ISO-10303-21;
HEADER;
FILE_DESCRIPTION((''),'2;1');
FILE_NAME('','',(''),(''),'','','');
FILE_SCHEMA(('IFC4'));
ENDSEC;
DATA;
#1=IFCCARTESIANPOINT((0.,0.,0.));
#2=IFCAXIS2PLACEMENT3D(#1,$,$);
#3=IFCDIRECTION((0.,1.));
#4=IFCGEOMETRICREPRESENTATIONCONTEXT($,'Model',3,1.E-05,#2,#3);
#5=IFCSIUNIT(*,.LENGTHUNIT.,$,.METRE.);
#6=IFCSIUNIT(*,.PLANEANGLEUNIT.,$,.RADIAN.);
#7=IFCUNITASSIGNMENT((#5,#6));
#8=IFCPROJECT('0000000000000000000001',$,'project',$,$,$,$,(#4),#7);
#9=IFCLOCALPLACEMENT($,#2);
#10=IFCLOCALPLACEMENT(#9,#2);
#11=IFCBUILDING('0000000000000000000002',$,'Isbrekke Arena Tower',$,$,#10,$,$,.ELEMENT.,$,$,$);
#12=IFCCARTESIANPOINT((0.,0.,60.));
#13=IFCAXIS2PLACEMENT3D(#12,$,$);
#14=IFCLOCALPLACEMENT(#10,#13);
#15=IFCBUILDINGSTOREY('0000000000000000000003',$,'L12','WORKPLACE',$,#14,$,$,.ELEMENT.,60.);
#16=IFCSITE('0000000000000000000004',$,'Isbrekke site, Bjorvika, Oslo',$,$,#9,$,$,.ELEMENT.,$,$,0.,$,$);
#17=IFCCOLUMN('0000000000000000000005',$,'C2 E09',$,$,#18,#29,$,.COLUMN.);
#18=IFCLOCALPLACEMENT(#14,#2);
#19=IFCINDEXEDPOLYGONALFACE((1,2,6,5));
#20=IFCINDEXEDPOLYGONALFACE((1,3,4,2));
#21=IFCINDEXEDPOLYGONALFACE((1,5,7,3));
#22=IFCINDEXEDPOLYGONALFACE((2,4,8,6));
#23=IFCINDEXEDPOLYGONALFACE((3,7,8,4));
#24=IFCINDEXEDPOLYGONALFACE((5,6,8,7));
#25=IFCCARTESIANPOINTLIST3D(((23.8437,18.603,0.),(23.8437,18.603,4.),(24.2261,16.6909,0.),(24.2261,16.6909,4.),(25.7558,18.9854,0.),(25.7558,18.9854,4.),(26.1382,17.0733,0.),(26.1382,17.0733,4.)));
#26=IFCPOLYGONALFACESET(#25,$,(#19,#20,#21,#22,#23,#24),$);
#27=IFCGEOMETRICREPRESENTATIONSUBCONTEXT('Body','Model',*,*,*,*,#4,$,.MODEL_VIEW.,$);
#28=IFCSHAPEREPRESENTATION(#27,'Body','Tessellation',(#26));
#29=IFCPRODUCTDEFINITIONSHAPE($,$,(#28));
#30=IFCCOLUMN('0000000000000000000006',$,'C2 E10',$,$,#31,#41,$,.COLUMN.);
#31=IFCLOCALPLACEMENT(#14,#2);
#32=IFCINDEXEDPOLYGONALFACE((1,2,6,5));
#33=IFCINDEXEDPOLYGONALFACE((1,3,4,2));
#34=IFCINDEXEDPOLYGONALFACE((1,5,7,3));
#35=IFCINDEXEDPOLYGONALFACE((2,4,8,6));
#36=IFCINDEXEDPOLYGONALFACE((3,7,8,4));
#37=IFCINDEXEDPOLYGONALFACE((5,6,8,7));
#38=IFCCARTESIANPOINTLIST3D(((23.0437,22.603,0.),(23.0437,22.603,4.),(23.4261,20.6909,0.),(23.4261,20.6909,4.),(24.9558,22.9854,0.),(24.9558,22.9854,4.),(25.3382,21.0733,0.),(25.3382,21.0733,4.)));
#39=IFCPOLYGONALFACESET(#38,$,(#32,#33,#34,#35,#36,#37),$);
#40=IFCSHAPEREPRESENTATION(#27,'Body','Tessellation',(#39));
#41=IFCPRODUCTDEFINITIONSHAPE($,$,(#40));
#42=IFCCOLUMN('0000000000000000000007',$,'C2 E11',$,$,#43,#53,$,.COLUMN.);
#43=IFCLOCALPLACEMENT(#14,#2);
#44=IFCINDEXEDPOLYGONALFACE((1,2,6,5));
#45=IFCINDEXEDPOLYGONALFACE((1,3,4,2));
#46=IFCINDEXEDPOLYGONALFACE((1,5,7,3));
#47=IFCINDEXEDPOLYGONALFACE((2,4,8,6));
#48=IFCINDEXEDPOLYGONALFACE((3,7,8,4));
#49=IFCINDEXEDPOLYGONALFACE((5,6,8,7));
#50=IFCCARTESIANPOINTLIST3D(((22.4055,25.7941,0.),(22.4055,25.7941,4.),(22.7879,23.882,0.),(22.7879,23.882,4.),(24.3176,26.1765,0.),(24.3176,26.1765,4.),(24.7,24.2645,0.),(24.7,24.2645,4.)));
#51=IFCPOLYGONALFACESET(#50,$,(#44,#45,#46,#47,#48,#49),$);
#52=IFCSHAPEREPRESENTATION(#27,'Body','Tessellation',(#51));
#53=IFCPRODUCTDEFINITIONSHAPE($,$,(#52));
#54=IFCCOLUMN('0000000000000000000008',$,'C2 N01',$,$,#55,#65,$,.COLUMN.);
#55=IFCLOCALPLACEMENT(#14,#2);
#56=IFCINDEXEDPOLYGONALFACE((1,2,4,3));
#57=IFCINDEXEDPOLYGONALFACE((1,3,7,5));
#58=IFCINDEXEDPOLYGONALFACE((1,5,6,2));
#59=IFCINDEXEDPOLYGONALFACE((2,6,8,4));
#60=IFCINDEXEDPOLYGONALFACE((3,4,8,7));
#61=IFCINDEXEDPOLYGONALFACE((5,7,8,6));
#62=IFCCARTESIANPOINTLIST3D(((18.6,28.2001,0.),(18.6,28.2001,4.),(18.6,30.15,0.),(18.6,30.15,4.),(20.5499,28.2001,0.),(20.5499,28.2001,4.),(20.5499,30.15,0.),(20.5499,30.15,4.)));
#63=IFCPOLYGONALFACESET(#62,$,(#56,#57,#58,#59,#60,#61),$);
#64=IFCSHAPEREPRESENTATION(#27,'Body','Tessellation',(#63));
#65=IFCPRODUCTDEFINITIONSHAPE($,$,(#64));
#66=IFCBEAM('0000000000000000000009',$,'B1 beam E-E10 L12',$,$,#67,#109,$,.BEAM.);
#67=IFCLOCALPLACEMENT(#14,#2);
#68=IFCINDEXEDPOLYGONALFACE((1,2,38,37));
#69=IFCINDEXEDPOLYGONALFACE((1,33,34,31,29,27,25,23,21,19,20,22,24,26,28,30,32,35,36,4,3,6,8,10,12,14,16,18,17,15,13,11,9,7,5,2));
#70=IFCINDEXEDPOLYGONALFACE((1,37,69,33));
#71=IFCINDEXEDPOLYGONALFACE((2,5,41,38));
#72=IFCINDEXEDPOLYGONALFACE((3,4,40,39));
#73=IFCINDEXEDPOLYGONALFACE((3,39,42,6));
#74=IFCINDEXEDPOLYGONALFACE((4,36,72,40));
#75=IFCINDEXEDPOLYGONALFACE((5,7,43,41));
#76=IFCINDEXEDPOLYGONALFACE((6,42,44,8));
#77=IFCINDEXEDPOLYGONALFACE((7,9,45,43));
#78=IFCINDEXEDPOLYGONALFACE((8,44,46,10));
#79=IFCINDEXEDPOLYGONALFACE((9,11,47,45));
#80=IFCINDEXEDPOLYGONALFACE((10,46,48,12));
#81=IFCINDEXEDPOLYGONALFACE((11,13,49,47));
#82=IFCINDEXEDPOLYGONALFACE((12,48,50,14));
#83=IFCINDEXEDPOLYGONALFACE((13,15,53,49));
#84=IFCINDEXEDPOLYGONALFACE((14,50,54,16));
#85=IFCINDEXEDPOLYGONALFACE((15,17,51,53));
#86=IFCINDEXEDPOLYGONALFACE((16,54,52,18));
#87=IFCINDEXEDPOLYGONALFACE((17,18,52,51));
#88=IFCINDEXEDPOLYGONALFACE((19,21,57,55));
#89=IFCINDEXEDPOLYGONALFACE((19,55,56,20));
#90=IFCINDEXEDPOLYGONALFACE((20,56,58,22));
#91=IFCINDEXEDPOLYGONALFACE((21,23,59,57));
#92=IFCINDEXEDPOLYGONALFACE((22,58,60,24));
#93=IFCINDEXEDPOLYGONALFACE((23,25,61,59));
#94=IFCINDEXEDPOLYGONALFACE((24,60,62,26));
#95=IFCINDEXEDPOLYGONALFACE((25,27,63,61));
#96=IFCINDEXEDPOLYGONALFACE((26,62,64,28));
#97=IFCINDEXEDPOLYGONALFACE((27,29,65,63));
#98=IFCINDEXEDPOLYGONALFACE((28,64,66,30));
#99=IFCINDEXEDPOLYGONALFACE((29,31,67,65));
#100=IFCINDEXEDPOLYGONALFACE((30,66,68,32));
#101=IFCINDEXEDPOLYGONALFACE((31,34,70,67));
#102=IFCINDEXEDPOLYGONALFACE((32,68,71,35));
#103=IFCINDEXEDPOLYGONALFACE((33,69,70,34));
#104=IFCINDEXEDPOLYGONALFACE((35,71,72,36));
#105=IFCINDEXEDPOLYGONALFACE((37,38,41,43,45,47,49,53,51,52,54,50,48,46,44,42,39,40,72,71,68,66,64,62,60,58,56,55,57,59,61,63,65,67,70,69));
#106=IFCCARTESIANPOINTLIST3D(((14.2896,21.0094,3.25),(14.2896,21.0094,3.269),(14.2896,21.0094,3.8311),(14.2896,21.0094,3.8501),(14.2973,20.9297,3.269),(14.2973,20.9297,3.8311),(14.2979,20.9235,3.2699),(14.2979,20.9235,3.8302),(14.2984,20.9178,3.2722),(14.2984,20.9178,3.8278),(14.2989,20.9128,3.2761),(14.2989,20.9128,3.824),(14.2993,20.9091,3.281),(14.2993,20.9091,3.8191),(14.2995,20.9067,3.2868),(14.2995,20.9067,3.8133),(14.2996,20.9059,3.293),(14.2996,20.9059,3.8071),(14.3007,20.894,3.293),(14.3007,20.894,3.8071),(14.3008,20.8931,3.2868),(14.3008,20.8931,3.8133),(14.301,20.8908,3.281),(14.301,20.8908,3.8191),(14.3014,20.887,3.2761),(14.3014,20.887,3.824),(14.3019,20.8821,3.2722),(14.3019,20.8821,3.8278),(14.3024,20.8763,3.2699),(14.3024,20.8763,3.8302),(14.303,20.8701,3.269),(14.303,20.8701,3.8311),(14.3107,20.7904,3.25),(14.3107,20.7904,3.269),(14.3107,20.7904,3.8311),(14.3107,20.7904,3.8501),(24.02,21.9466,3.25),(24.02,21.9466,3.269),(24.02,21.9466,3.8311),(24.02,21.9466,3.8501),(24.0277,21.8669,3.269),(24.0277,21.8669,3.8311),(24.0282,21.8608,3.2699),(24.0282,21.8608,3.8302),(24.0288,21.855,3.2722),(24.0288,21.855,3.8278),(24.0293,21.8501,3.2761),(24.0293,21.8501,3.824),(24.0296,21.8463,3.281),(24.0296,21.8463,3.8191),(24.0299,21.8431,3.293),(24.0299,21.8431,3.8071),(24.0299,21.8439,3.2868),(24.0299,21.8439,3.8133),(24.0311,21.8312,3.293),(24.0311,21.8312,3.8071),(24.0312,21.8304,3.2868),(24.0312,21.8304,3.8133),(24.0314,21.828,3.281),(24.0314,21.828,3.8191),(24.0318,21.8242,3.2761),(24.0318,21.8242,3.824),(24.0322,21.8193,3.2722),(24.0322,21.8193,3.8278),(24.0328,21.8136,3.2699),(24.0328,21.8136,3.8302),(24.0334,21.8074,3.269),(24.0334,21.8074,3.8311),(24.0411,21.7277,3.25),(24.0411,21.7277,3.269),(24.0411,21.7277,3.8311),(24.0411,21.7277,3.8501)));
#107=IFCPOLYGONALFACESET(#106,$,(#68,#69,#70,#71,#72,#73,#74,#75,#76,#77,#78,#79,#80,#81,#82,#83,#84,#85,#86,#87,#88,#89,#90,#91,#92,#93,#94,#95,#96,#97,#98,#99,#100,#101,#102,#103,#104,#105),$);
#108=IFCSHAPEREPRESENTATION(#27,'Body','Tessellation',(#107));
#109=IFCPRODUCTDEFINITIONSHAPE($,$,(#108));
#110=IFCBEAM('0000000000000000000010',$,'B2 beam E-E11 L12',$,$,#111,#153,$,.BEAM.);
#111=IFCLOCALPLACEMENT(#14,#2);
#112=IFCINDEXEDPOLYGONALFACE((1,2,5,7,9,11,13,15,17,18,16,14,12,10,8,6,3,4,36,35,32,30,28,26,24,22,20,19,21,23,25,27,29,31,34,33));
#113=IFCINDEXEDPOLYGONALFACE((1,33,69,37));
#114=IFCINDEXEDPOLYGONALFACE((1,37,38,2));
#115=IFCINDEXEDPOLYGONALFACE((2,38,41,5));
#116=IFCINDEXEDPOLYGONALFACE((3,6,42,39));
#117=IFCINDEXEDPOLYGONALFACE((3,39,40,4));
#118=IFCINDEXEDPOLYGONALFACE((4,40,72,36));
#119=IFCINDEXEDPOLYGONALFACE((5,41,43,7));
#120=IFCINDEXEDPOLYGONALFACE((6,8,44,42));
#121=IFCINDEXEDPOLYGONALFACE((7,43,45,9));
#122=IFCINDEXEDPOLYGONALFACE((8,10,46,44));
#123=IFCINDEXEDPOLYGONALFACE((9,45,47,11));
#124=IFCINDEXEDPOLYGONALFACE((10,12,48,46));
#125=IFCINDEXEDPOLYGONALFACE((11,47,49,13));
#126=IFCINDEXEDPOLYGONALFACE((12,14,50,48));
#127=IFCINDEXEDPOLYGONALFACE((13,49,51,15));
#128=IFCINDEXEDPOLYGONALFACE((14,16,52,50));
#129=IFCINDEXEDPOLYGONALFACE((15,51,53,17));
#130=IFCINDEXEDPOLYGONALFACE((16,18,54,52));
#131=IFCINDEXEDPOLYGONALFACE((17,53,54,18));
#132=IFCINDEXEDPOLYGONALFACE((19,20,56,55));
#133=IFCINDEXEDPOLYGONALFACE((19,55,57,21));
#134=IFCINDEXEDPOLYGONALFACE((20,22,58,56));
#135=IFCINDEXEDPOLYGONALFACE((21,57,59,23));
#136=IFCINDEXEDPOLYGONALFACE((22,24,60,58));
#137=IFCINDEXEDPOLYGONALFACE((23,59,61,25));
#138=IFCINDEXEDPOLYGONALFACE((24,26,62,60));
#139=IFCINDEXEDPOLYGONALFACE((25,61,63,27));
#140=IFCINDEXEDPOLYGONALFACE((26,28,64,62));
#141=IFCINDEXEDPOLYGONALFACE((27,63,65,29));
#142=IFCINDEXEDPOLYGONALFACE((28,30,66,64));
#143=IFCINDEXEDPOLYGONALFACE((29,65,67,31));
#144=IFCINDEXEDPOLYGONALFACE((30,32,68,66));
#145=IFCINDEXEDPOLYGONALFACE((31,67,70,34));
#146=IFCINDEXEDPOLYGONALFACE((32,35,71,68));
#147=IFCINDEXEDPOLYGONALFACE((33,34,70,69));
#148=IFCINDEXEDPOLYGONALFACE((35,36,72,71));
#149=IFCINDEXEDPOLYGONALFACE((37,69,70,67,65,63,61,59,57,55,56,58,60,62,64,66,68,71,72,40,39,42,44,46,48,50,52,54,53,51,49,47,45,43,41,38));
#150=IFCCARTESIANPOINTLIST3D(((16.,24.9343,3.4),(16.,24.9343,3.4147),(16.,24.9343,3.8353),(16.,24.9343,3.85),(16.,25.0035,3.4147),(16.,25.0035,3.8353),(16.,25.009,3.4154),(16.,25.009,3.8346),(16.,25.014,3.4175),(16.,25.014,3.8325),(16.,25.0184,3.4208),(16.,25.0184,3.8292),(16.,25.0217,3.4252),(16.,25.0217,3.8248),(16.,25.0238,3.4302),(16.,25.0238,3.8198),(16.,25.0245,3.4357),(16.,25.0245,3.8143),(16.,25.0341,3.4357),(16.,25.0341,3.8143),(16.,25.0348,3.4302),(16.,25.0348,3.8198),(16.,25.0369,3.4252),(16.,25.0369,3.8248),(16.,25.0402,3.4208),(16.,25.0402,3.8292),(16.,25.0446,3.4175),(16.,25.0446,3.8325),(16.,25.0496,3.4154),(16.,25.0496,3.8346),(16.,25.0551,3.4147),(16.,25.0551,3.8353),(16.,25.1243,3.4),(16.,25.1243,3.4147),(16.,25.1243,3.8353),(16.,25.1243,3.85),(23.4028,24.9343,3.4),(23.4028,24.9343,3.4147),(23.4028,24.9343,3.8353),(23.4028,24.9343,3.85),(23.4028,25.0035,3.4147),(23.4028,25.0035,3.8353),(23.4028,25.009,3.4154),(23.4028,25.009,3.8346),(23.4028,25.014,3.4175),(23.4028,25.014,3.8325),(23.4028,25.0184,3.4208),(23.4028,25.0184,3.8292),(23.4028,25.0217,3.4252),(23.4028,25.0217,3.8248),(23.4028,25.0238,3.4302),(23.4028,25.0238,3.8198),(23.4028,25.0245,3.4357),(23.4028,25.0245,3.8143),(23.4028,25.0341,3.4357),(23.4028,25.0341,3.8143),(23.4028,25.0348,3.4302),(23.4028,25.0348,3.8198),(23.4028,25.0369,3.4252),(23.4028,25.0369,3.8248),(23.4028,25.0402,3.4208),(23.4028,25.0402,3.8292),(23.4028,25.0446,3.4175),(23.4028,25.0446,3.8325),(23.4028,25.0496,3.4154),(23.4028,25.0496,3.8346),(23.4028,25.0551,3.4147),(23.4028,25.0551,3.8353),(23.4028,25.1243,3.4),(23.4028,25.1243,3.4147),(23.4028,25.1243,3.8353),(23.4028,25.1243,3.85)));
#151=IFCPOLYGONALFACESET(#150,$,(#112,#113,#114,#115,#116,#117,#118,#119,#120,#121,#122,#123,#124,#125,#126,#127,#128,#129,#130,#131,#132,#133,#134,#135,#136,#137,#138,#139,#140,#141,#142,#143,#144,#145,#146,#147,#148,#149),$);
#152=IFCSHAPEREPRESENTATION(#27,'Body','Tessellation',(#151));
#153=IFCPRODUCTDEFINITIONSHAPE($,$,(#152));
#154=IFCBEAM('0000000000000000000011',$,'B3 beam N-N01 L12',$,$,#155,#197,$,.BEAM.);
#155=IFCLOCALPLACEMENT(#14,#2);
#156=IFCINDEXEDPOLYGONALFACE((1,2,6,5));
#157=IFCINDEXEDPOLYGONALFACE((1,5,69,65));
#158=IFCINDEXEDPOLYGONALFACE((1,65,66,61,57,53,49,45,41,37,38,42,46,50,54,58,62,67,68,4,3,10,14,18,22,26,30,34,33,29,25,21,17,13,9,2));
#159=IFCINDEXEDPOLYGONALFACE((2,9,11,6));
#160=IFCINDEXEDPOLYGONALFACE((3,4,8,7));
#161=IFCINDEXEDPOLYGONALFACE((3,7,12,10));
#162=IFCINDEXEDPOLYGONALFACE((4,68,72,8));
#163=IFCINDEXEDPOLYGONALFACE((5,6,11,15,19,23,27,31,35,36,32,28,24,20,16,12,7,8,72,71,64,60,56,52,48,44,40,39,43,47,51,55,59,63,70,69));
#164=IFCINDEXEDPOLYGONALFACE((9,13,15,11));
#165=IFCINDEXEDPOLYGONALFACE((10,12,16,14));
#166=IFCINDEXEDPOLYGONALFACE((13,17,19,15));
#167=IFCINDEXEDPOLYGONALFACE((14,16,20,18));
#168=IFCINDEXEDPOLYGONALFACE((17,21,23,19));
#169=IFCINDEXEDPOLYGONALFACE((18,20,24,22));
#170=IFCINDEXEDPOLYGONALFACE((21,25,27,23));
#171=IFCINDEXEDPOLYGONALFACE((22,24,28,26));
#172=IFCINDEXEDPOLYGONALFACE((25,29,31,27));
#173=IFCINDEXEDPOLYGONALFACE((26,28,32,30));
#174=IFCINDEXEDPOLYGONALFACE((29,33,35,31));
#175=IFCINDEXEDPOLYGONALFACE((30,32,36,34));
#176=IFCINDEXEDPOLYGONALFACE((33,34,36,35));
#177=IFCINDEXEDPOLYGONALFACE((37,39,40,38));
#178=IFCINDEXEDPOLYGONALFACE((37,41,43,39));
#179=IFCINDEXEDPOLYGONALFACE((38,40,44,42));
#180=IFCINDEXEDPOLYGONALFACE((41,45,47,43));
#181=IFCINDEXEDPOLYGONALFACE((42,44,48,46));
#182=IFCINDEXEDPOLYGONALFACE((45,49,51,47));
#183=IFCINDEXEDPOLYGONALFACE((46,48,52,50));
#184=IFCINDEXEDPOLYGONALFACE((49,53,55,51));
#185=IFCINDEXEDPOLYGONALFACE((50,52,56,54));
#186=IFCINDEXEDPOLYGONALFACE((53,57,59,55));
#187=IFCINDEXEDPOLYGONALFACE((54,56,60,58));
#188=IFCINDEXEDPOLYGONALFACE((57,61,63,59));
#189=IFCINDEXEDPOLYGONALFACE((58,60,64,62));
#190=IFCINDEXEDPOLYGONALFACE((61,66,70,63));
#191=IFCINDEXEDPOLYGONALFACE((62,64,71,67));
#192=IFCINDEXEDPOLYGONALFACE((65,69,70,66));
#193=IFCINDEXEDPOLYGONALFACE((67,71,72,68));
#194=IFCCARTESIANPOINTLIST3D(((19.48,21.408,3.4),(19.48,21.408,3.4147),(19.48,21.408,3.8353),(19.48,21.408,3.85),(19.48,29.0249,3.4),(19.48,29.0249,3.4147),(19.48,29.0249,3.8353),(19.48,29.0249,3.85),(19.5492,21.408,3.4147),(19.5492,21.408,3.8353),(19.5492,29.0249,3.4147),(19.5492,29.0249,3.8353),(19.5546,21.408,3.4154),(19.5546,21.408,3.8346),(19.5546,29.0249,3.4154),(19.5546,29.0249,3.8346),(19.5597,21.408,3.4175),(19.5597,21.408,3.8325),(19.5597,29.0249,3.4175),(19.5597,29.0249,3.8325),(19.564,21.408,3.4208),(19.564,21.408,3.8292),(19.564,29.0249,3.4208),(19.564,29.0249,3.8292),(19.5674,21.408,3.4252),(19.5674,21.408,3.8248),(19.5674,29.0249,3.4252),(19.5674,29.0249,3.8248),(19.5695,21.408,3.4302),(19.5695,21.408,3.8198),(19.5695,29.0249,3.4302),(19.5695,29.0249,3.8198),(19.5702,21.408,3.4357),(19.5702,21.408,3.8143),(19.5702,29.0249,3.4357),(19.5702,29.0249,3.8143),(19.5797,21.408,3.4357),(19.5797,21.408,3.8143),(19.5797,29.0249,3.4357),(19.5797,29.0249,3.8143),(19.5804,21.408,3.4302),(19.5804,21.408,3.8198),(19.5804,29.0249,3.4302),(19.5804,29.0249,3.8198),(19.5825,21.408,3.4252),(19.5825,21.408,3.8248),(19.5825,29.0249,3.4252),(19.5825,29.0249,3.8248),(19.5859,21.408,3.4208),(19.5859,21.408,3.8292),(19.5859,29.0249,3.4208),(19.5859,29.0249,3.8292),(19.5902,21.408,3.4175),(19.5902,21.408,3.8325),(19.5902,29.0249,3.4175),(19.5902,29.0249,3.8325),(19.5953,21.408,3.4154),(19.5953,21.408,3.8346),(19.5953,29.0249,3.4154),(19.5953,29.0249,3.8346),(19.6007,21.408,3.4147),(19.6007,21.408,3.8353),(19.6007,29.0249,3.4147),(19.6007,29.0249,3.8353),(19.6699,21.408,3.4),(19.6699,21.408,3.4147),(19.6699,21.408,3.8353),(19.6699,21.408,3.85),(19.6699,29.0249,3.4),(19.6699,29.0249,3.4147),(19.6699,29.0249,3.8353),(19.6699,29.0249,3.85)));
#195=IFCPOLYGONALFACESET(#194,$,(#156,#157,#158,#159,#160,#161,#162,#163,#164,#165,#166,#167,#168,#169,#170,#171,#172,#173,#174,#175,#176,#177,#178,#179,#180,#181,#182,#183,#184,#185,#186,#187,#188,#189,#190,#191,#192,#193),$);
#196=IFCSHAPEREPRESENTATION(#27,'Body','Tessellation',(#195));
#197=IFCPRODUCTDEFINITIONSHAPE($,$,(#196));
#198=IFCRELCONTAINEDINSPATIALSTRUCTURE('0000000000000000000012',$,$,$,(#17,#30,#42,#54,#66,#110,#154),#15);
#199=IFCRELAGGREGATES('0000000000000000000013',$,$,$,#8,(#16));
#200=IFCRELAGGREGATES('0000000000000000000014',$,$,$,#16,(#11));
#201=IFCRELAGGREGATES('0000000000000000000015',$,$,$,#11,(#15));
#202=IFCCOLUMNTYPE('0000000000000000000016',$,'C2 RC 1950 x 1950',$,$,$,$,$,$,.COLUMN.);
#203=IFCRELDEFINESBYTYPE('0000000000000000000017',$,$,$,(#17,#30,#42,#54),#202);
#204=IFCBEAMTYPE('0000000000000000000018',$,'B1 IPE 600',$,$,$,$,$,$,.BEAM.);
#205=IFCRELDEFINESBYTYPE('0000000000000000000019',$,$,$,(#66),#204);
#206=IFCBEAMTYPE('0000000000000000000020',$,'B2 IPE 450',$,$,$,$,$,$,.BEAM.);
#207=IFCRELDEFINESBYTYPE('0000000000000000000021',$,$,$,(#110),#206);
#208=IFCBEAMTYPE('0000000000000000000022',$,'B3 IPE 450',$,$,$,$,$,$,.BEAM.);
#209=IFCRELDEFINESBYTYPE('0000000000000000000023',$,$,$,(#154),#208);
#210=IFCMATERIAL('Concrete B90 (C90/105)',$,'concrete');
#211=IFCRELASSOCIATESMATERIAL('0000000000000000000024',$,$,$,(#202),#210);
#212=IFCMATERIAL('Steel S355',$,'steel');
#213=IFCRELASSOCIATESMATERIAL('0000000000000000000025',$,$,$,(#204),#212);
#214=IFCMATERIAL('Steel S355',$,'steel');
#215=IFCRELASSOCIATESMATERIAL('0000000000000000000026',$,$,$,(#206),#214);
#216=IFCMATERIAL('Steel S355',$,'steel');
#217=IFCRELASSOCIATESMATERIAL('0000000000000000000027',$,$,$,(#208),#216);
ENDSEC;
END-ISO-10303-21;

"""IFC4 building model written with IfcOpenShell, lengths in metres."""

from ifc_helpers import new_model, si_unit, direction, frame, origin, origin_2d, place, context, subcontext, project, spatial, rectangle, i_section, extrude, material, material_profile, profile_set, type_object, element, save


model = new_model("IFC4")

# Units and contexts
model_context = context("Model", 3, precision=1e-05, world=origin(), true_north=direction((0.0, 1.0)))
body_context = subcontext(model_context, "Body", "Model", "MODEL_VIEW")
ifc_project = project(units=[si_unit("LENGTHUNIT", "METRE"), si_unit("PLANEANGLEUNIT", "RADIAN")], contexts=[model_context])

# Site, building, storey
site_placement = place(None, origin())
site = spatial("IfcSite", under=ifc_project, at=site_placement, Name="Isbrekke site, Bjorvika, Oslo", CompositionType="ELEMENT", RefElevation=0.0)
building_placement = place(site_placement, origin())
building = spatial("IfcBuilding", under=site, at=building_placement, Name="Isbrekke Arena Tower", CompositionType="ELEMENT")
storey_placement = place(building_placement, frame((0.0, 0.0, 60.0)))
storey = spatial("IfcBuildingStorey", under=building, at=storey_placement, Name="L12", Description="WORKPLACE", CompositionType="ELEMENT", Elevation=60.0)

# Columns
ifc_material_1 = material(Name="Concrete B90 (C90/105)", Category="concrete")
ifc_material_profile_1 = material_profile(ifc_material_1, rectangle(XDim=1.95, YDim=1.95, at=origin_2d()), Name="RC 1950x1950")
ifc_profile_set_1 = profile_set([ifc_material_profile_1], Name="Concrete B90 (C90/105)")
column_type = type_object("IfcColumnType", Name="C2 RC 1950 x 1950", PredefinedType="COLUMN", material=ifc_profile_set_1)
for number, where, z_axis, x_axis, name in (
    (1, (24.991, 17.8381, 0.0), (0.0, 0.0, 1.0), (-0.196116, 0.980581, 0.0), "C2 E09"),
    (2, (24.1909, 21.8381, 0.0), (0.0, 0.0, 1.0), (-0.196116, 0.980581, 0.0), "C2 E10"),
    (3, (23.5527, 25.0293, 0.0), (0.0, 0.0, 1.0), (-0.196116, 0.980581, 0.0), "C2 E11"),
    (4, (19.575, 29.175, 0.0), (0.0, 0.0, 1.0), (-1.0, 0.0, 0.0), "C2 N01"),
):
    element("IfcColumn", number, at=place(storey_placement, frame(where, z_axis=z_axis, x_axis=x_axis)), inside=storey, type_object=column_type, Name=name, PredefinedType="COLUMN", context=body_context, shape_type="SweptSolid", body=[
        extrude(rectangle(XDim=1.95, YDim=1.95, at=origin_2d()), origin(), (0.0, 0.0, 1.0), 4.0),
    ])

# Beams
ifc_material_2 = material(Name="Steel S355", Category="steel")
ifc_material_profile_2 = material_profile(ifc_material_2, i_section(OverallWidth=0.22, OverallDepth=0.6001, WebThickness=0.012, FlangeThickness=0.019, FilletRadius=0.0239, at=origin_2d()), Name="IPE 600")
ifc_profile_set_2 = profile_set([ifc_material_profile_2], Name="Steel S355")
beam_type_1 = type_object("IfcBeamType", Name="B1 IPE 600", PredefinedType="BEAM", material=ifc_profile_set_2)
beam_1_placement = place(storey_placement, frame((24.0305, 21.8372, 3.55), z_axis=(-0.995393, -0.095878, 0.0), x_axis=(0.095878, -0.995393, 0.0)))
element("IfcBeam", 5, at=beam_1_placement, inside=storey, type_object=beam_type_1, Name="B1 beam E-E10 L12", PredefinedType="BEAM", context=body_context, shape_type="SweptSolid", body=[
    extrude(i_section(OverallWidth=0.22, OverallDepth=0.6001, WebThickness=0.012, FlangeThickness=0.019, FilletRadius=0.0239, at=origin_2d()), origin(), (0.0, 0.0, 1.0), 9.7754),
])
ifc_material_3 = material(Name="Steel S355", Category="steel")
ifc_material_profile_3 = material_profile(ifc_material_3, i_section(OverallWidth=0.1899, OverallDepth=0.45, WebThickness=0.0095, FlangeThickness=0.0146, FilletRadius=0.021, at=origin_2d()), Name="IPE 450")
ifc_profile_set_3 = profile_set([ifc_material_profile_3], Name="Steel S355")
beam_type_2 = type_object("IfcBeamType", Name="B2 IPE 450", PredefinedType="BEAM", material=ifc_profile_set_3)
beam_2_placement = place(storey_placement, frame((23.4028, 25.0293, 3.625), z_axis=(-1.0, 0.0, 0.0), x_axis=(0.0, -1.0, 0.0)))
element("IfcBeam", 6, at=beam_2_placement, inside=storey, type_object=beam_type_2, Name="B2 beam E-E11 L12", PredefinedType="BEAM", context=body_context, shape_type="SweptSolid", body=[
    extrude(i_section(OverallWidth=0.1899, OverallDepth=0.45, WebThickness=0.0095, FlangeThickness=0.0146, FilletRadius=0.021, at=origin_2d()), origin(), (0.0, 0.0, 1.0), 7.4028),
])
ifc_material_4 = material(Name="Steel S355", Category="steel")
ifc_material_profile_4 = material_profile(ifc_material_4, i_section(OverallWidth=0.1899, OverallDepth=0.45, WebThickness=0.0095, FlangeThickness=0.0146, FilletRadius=0.021, at=origin_2d()), Name="IPE 450")
ifc_profile_set_4 = profile_set([ifc_material_profile_4], Name="Steel S355")
beam_type_3 = type_object("IfcBeamType", Name="B3 IPE 450", PredefinedType="BEAM", material=ifc_profile_set_4)
beam_3_placement = place(storey_placement, frame((19.575, 29.0249, 3.625), z_axis=(0.0, -1.0, 0.0), x_axis=(1.0, 0.0, 0.0)))
element("IfcBeam", 7, at=beam_3_placement, inside=storey, type_object=beam_type_3, Name="B3 beam N-N01 L12", PredefinedType="BEAM", context=body_context, shape_type="SweptSolid", body=[
    extrude(i_section(OverallWidth=0.1899, OverallDepth=0.45, WebThickness=0.0095, FlangeThickness=0.0146, FilletRadius=0.021, at=origin_2d()), origin(), (0.0, 0.0, 1.0), 7.6169),
])

save(model, "model.ifc")
